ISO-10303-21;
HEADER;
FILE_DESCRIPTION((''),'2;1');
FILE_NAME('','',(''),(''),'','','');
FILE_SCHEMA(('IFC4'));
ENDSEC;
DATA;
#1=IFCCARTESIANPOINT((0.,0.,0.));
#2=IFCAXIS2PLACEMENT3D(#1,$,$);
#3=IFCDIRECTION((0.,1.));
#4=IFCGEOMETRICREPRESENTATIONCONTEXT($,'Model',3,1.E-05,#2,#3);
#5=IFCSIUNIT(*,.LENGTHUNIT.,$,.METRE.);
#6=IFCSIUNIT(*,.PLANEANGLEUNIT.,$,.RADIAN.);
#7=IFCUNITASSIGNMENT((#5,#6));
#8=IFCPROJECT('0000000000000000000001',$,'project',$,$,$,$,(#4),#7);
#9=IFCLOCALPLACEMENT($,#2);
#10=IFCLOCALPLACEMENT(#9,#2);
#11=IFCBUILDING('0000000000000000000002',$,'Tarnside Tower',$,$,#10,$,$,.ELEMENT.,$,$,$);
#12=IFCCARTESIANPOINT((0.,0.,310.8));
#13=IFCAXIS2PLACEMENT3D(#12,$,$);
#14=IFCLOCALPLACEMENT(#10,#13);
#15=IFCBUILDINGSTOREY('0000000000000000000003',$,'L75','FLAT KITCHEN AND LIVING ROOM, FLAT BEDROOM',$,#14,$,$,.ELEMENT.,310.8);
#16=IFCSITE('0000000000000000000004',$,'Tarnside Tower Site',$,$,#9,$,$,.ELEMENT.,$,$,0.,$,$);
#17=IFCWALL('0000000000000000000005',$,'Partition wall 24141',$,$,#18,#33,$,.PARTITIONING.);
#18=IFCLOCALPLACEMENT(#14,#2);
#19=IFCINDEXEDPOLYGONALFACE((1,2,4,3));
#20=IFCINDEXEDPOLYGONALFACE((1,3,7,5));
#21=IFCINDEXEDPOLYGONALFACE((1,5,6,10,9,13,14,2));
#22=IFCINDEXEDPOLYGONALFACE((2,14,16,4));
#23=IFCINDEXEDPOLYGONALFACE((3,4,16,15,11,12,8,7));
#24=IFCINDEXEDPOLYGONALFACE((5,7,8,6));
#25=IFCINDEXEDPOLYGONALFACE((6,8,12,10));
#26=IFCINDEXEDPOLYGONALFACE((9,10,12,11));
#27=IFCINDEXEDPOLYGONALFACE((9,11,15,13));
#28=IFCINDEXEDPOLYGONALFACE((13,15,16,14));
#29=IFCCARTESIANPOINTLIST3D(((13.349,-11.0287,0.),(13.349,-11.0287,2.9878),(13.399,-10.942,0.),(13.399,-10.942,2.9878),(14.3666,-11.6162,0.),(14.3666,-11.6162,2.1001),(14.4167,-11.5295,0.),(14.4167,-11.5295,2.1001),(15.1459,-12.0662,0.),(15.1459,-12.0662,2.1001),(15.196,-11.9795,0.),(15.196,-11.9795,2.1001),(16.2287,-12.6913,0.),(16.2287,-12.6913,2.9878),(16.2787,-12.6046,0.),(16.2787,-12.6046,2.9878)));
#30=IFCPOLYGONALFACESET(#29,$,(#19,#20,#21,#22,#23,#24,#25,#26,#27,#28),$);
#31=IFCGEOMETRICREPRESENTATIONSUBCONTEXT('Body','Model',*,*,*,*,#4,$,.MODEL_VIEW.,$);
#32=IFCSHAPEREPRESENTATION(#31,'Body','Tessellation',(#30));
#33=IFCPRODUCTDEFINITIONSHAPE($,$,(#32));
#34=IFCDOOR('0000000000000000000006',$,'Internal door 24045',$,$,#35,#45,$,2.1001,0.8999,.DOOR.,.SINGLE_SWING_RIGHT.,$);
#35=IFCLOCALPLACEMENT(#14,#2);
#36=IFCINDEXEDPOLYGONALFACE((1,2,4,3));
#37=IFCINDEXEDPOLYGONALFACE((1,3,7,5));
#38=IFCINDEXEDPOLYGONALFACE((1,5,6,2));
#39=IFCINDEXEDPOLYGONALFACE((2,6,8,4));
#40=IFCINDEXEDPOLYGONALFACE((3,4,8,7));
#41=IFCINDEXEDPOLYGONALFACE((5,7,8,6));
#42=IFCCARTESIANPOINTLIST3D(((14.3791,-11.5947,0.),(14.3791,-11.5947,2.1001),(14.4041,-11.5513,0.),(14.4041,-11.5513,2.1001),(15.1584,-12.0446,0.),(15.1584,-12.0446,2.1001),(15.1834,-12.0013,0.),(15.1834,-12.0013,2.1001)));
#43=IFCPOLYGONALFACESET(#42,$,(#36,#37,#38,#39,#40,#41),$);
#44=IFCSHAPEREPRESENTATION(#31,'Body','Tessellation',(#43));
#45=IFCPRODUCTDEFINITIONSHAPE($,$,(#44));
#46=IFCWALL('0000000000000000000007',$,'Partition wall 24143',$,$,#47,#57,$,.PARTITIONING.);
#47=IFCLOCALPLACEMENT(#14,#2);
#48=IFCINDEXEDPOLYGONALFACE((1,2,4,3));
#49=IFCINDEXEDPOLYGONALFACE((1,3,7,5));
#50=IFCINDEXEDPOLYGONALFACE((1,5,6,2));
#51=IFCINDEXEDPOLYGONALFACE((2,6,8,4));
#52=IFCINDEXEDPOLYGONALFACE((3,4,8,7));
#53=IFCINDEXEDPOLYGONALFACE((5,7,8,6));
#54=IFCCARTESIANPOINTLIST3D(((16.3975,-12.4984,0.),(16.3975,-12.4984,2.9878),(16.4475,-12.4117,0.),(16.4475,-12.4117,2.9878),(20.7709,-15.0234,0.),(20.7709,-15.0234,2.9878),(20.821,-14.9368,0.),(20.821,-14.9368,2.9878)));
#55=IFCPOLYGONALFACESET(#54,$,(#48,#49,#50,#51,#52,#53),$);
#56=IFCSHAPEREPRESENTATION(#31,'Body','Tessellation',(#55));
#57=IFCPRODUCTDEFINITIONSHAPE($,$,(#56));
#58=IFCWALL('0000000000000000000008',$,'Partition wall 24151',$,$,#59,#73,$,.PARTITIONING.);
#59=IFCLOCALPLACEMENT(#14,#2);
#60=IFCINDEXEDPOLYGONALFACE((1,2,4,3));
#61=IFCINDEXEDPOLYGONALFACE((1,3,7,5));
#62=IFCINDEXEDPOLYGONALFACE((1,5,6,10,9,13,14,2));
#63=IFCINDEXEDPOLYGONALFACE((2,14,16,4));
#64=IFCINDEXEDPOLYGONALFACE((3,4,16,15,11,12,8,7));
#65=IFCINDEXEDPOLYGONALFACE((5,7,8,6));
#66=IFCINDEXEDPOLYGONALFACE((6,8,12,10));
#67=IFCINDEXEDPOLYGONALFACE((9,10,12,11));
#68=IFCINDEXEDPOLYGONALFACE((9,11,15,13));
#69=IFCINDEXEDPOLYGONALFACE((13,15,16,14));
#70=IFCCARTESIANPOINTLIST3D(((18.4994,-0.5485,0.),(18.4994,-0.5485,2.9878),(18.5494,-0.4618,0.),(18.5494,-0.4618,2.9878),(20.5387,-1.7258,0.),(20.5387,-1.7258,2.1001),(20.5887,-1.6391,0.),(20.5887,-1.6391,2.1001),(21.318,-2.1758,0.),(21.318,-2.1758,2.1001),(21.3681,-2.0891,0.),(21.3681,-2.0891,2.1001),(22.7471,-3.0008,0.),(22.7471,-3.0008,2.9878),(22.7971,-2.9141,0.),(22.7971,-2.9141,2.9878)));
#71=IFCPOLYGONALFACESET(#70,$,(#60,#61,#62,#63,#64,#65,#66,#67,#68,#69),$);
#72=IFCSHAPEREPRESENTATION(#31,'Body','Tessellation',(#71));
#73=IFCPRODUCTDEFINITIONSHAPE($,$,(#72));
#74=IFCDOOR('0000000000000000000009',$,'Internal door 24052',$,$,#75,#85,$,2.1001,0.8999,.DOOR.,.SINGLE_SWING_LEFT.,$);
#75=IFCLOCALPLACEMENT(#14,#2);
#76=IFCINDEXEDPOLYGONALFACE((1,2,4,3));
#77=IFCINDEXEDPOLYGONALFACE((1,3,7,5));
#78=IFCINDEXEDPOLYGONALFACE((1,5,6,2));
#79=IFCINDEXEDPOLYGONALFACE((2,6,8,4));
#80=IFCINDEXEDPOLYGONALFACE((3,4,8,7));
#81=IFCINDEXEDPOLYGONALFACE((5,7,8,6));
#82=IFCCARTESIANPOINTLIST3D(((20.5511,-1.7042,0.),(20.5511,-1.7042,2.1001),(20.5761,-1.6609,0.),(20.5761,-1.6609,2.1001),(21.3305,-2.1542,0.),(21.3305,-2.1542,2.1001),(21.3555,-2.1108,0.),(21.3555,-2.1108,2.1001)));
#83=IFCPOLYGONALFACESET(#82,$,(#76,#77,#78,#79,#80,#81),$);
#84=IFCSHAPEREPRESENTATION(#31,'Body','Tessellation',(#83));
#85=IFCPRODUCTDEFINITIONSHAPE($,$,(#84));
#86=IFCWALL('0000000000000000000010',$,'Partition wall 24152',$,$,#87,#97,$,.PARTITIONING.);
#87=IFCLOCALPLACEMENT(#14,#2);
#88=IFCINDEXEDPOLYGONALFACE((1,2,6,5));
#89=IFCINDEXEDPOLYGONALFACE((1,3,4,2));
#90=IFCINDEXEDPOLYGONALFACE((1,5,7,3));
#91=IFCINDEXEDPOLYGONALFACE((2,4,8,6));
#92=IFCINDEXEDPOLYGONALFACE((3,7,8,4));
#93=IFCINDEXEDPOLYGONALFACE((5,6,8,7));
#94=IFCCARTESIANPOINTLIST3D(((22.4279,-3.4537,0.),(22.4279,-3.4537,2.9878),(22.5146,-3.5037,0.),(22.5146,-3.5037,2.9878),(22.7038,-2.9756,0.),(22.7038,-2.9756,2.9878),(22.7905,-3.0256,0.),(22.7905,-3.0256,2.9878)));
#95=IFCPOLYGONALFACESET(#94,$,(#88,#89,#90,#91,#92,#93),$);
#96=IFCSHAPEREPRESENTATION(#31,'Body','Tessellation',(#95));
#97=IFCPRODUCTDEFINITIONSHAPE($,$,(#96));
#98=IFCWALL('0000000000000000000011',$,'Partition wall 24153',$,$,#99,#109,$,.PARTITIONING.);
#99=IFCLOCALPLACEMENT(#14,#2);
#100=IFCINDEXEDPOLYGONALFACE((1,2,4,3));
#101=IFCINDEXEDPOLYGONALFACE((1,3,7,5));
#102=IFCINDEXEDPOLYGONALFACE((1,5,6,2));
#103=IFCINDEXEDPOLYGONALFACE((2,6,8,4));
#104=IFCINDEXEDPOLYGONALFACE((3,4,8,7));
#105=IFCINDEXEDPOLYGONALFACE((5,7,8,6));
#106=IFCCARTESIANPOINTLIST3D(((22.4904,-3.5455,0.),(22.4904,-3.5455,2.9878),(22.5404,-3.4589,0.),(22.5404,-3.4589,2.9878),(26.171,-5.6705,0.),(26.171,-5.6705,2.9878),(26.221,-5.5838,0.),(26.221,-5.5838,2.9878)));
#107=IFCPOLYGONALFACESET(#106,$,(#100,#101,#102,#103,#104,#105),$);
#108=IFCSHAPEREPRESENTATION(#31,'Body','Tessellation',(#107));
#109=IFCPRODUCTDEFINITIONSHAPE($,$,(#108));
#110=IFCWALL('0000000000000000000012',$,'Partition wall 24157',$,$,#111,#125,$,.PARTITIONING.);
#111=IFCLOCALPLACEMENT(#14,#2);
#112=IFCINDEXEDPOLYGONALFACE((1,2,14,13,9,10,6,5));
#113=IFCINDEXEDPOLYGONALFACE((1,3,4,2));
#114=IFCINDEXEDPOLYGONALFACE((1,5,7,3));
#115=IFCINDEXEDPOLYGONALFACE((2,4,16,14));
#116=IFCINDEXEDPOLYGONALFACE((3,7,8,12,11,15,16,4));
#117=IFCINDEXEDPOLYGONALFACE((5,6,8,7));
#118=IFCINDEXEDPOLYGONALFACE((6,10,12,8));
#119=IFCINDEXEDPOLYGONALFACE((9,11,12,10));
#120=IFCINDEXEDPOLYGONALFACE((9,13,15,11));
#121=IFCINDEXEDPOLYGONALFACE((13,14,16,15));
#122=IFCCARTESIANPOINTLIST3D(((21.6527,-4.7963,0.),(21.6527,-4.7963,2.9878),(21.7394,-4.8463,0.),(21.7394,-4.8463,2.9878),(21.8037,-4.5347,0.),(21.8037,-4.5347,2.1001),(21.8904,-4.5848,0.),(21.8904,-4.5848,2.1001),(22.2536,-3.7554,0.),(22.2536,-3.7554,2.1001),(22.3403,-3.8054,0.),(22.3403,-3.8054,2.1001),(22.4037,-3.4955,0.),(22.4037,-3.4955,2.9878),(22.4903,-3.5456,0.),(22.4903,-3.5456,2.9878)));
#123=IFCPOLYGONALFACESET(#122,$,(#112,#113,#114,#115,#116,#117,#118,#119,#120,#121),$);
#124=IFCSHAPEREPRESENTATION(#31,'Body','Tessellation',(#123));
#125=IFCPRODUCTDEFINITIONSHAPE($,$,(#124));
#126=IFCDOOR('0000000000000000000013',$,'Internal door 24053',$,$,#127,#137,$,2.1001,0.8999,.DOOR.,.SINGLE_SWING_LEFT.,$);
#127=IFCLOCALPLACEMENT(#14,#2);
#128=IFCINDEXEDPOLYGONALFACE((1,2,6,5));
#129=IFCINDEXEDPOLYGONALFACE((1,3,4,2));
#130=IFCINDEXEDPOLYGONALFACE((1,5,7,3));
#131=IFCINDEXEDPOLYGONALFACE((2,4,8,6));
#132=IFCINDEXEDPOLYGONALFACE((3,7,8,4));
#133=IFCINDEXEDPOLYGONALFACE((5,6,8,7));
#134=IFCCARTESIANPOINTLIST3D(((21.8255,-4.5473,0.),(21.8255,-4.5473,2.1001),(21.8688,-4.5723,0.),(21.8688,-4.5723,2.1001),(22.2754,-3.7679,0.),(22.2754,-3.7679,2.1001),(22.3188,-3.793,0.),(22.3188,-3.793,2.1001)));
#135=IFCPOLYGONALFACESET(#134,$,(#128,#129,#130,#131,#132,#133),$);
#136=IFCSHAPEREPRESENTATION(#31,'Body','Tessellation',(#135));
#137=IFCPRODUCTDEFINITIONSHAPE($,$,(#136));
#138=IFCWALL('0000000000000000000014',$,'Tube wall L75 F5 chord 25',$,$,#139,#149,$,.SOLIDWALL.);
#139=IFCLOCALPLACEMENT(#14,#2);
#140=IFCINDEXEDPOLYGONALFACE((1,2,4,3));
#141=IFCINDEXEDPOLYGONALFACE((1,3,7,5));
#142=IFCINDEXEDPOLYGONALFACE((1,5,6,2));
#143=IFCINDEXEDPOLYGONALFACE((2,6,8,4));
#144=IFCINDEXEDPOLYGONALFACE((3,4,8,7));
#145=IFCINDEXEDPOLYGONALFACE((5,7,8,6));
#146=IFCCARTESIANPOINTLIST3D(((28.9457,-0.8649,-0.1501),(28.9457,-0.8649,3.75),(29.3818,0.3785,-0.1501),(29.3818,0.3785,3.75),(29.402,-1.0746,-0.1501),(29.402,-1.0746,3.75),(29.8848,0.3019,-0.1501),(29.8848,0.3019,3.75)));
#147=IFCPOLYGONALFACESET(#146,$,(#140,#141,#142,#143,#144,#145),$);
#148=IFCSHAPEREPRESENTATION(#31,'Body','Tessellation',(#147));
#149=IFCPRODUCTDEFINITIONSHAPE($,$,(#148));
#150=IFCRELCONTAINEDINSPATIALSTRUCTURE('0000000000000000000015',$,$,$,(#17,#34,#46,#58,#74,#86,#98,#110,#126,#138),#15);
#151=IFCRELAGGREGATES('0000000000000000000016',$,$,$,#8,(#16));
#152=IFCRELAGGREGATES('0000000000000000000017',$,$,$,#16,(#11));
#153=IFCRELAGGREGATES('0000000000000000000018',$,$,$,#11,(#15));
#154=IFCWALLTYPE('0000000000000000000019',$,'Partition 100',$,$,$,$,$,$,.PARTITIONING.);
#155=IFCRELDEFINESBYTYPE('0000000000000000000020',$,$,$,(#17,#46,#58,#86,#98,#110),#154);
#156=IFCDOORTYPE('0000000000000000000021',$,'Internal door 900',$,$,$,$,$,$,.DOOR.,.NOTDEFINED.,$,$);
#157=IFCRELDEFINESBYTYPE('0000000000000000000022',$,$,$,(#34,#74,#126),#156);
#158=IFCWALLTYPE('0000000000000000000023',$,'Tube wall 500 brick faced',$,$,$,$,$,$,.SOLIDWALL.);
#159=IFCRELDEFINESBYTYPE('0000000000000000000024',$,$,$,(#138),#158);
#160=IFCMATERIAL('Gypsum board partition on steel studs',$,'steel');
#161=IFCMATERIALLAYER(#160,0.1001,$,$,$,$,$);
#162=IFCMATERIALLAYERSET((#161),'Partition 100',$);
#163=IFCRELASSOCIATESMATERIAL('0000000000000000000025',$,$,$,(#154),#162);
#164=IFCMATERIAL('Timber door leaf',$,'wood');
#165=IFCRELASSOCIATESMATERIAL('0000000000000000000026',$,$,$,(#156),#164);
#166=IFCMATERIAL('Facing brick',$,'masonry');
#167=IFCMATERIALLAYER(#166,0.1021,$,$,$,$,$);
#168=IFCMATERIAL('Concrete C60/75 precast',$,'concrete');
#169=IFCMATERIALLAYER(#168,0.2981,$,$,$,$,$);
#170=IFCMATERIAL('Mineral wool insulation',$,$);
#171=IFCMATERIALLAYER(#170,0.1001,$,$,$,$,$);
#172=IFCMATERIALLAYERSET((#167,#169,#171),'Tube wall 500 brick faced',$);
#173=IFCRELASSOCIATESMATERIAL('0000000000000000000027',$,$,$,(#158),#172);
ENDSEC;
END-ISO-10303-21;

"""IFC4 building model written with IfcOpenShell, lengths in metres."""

from ifc_helpers import new_model, si_unit, direction, frame, frame_2d, origin, place, context, subcontext, project, spatial, polyline, rectangle, outline, extrude, material, layer, layer_set, type_object, element, fill, save


model = new_model("IFC4")

# Units and contexts
model_context = context("Model", 3, precision=1e-05, world=origin(), true_north=direction((0.0, 1.0)))
body_context = subcontext(model_context, "Body", "Model", "MODEL_VIEW")
ifc_project = project(units=[si_unit("LENGTHUNIT", "METRE"), si_unit("PLANEANGLEUNIT", "RADIAN")], contexts=[model_context])

# Site, building, storey
site_placement = place(None, origin())
site = spatial("IfcSite", under=ifc_project, at=site_placement, Name="Tarnside Tower Site", CompositionType="ELEMENT", RefElevation=0.0)
building_placement = place(site_placement, origin())
building = spatial("IfcBuilding", under=site, at=building_placement, Name="Tarnside Tower", CompositionType="ELEMENT")
storey_placement = place(building_placement, frame((0.0, 0.0, 310.8)))
storey = spatial("IfcBuildingStorey", under=building, at=storey_placement, Name="L75", Description="FLAT KITCHEN AND LIVING ROOM, FLAT BEDROOM", CompositionType="ELEMENT", Elevation=310.8)

# Shared definitions
ifc_material_1 = material(Name="Gypsum board partition on steel studs", Category="steel")
ifc_material_2 = material(Name="Timber door leaf", Category="wood")

# Wall, opening, door
ifc_layer_1 = layer(ifc_material_1, 0.1001)
ifc_layer_set_1 = layer_set([ifc_layer_1], Name="Partition 100")
wall_type_1 = type_object("IfcWallType", Name="Partition 100", PredefinedType="PARTITIONING", material=ifc_layer_set_1)
wall_1_placement = place(storey_placement, frame((13.374, -10.9854, 0.0), z_axis=(0.0, 0.0, 1.0), x_axis=(0.866021, -0.500008, 0.0)))
wall_1 = element("IfcWall", 1, at=wall_1_placement, inside=storey, type_object=wall_type_1, Name="Partition wall 24141", PredefinedType="PARTITIONING", context=body_context, shape_type="SweptSolid", body=[
    extrude(rectangle(XDim=3.3252, YDim=0.1001, at=frame_2d((1.6626, 0.0))), origin(), (0.0, 0.0, 1.0), 2.9878),
])
opening_1_placement = place(wall_1_placement, frame((1.175, 0.0, 0.0)))
opening_1 = element("IfcOpeningElement", 2, at=opening_1_placement, cuts=wall_1, PredefinedType="OPENING", context=body_context, shape_type="SweptSolid", body=[
    extrude(rectangle(XDim=0.8999, YDim=2.1001, at=frame_2d((0.45, 1.05))), frame((0.0, 0.0601, 0.0), z_axis=(0.0, -1.0, 0.0), x_axis=(1.0, 0.0, 0.0)), (0.0, 0.0, 1.0), 0.1201),
])
door_type_1 = type_object("IfcDoorType", Name="Internal door 900", OperationType="NOTDEFINED", PredefinedType="DOOR", material=ifc_material_2)
door_1_placement = place(opening_1_placement, origin())
door_1 = element("IfcDoor", 3, at=door_1_placement, inside=storey, type_object=door_type_1, Name="Internal door 24045", OperationType="SINGLE_SWING_RIGHT", OverallHeight=2.1001, OverallWidth=0.8999, PredefinedType="DOOR", context=body_context, shape_type="SweptSolid", body=[
    extrude(rectangle(XDim=0.8999, YDim=2.1001, at=frame_2d((0.45, 1.05))), frame((0.0, 0.0249, 0.0), z_axis=(0.0, -1.0, 0.0), x_axis=(1.0, 0.0, 0.0)), (0.0, 0.0, 1.0), 0.05),
])
fill(opening_1, door_1)

# Wall
wall_2_placement = place(storey_placement, frame((16.4226, -12.4551, 0.0), z_axis=(0.0, 0.0, 1.0), x_axis=(0.866018, -0.500013, 0.0)))
element("IfcWall", 4, at=wall_2_placement, inside=storey, type_object=wall_type_1, Name="Partition wall 24143", PredefinedType="PARTITIONING", context=body_context, shape_type="SweptSolid", body=[
    extrude(rectangle(XDim=5.05, YDim=0.1001, at=frame_2d((2.5249, 0.0))), origin(), (0.0, 0.0, 1.0), 2.9878),
])

# Wall, opening, door
wall_3_placement = place(storey_placement, frame((18.5244, -0.5051, 0.0), z_axis=(0.0, 0.0, 1.0), x_axis=(0.866032, -0.499988, 0.0)))
wall_3 = element("IfcWall", 5, at=wall_3_placement, inside=storey, type_object=wall_type_1, Name="Partition wall 24151", PredefinedType="PARTITIONING", context=body_context, shape_type="SweptSolid", body=[
    extrude(rectangle(XDim=4.9048, YDim=0.1001, at=frame_2d((2.4524, 0.0))), origin(), (0.0, 0.0, 1.0), 2.9878),
])
opening_2_placement = place(wall_3_placement, frame((2.3547, 0.0, 0.0)))
opening_2 = element("IfcOpeningElement", 6, at=opening_2_placement, cuts=wall_3, PredefinedType="OPENING", context=body_context, shape_type="SweptSolid", body=[
    extrude(rectangle(XDim=0.8999, YDim=2.1001, at=frame_2d((0.45, 1.05))), frame((0.0, 0.0601, 0.0), z_axis=(0.0, -1.0, 0.0), x_axis=(1.0, 0.0, 0.0)), (0.0, 0.0, 1.0), 0.1201),
])
door_2_placement = place(opening_2_placement, origin())
door_2 = element("IfcDoor", 7, at=door_2_placement, inside=storey, type_object=door_type_1, Name="Internal door 24052", OperationType="SINGLE_SWING_LEFT", OverallHeight=2.1001, OverallWidth=0.8999, PredefinedType="DOOR", context=body_context, shape_type="SweptSolid", body=[
    extrude(rectangle(XDim=0.8999, YDim=2.1001, at=frame_2d((0.45, 1.05))), frame((0.0, 0.0249, 0.0), z_axis=(0.0, -1.0, 0.0), x_axis=(1.0, 0.0, 0.0)), (0.0, 0.0, 1.0), 0.05),
])
fill(opening_2, door_2)

# Walls
wall_4_placement = place(storey_placement, frame((22.7471, -3.0007, 0.0), z_axis=(0.0, 0.0, 1.0), x_axis=(-0.49985, -0.866112, 0.0)))
element("IfcWall", 8, at=wall_4_placement, inside=storey, type_object=wall_type_1, Name="Partition wall 24152", PredefinedType="PARTITIONING", context=body_context, shape_type="SweptSolid", body=[
    extrude(rectangle(XDim=0.552, YDim=0.1001, at=frame_2d((0.2759, 0.0))), origin(), (0.0, 0.0, 1.0), 2.9878),
])
wall_5_placement = place(storey_placement, frame((22.5154, -3.5022, 0.0), z_axis=(0.0, 0.0, 1.0), x_axis=(0.866029, -0.499994, 0.0)))
element("IfcWall", 9, at=wall_5_placement, inside=storey, type_object=wall_type_1, Name="Partition wall 24153", PredefinedType="PARTITIONING", context=body_context, shape_type="SweptSolid", body=[
    extrude(rectangle(XDim=4.25, YDim=0.1001, at=frame_2d((2.125, 0.0))), origin(), (0.0, 0.0, 1.0), 2.9878),
])

# Wall, opening, door
wall_6_placement = place(storey_placement, frame((21.696, -4.8213, 0.0), z_axis=(0.0, 0.0, 1.0), x_axis=(0.499985, 0.866034, 0.0)))
wall_6 = element("IfcWall", 10, at=wall_6_placement, inside=storey, type_object=wall_type_1, Name="Partition wall 24157", PredefinedType="PARTITIONING", context=body_context, shape_type="SweptSolid", body=[
    extrude(rectangle(XDim=1.502, YDim=0.1001, at=frame_2d((0.751, 0.0))), origin(), (0.0, 0.0, 1.0), 2.9878),
])
opening_3_placement = place(wall_6_placement, frame((0.302, 0.0, 0.0)))
opening_3 = element("IfcOpeningElement", 11, at=opening_3_placement, cuts=wall_6, PredefinedType="OPENING", context=body_context, shape_type="SweptSolid", body=[
    extrude(rectangle(XDim=0.8999, YDim=2.1001, at=frame_2d((0.45, 1.05))), frame((0.0, 0.0601, 0.0), z_axis=(0.0, -1.0, 0.0), x_axis=(1.0, 0.0, 0.0)), (0.0, 0.0, 1.0), 0.1201),
])
door_3_placement = place(opening_3_placement, origin())
door_3 = element("IfcDoor", 12, at=door_3_placement, inside=storey, type_object=door_type_1, Name="Internal door 24053", OperationType="SINGLE_SWING_LEFT", OverallHeight=2.1001, OverallWidth=0.8999, PredefinedType="DOOR", context=body_context, shape_type="SweptSolid", body=[
    extrude(rectangle(XDim=0.8999, YDim=2.1001, at=frame_2d((0.45, 1.05))), frame((0.0, 0.0249, 0.0), z_axis=(0.0, -1.0, 0.0), x_axis=(1.0, 0.0, 0.0)), (0.0, 0.0, 1.0), 0.05),
])
fill(opening_3, door_3)

# Wall
ifc_material_3 = material(Name="Facing brick", Category="masonry")
ifc_layer_2 = layer(ifc_material_3, 0.1021)
ifc_material_4 = material(Name="Concrete C60/75 precast", Category="concrete")
ifc_layer_3 = layer(ifc_material_4, 0.2981)
ifc_material_5 = material(Name="Mineral wool insulation")
ifc_layer_4 = layer(ifc_material_5, 0.1001)
ifc_layer_set_2 = layer_set([ifc_layer_2, ifc_layer_3, ifc_layer_4], Name="Tube wall 500 brick faced")
wall_type_2 = type_object("IfcWallType", Name="Tube wall 500 brick faced", PredefinedType="SOLIDWALL", material=ifc_layer_set_2)
wall_7_placement = place(storey_placement, frame((29.1738, -0.9697, -0.1501), z_axis=(0.0, 0.0, 1.0), x_axis=(0.330961, 0.943644, 0.0)))
element("IfcWall", 13, at=wall_7_placement, inside=storey, type_object=wall_type_2, Name="Tube wall L75 F5 chord 25", PredefinedType="SOLIDWALL", context=body_context, shape_type="SweptSolid", body=[
    extrude(outline(polyline([(-0.0234, -0.25), (1.4353, -0.25), (1.3411, 0.25), (0.0234, 0.25), (-0.0234, -0.25)])), origin(), (0.0, 0.0, 1.0), 3.9001),
])

save(model, "model.ifc")
